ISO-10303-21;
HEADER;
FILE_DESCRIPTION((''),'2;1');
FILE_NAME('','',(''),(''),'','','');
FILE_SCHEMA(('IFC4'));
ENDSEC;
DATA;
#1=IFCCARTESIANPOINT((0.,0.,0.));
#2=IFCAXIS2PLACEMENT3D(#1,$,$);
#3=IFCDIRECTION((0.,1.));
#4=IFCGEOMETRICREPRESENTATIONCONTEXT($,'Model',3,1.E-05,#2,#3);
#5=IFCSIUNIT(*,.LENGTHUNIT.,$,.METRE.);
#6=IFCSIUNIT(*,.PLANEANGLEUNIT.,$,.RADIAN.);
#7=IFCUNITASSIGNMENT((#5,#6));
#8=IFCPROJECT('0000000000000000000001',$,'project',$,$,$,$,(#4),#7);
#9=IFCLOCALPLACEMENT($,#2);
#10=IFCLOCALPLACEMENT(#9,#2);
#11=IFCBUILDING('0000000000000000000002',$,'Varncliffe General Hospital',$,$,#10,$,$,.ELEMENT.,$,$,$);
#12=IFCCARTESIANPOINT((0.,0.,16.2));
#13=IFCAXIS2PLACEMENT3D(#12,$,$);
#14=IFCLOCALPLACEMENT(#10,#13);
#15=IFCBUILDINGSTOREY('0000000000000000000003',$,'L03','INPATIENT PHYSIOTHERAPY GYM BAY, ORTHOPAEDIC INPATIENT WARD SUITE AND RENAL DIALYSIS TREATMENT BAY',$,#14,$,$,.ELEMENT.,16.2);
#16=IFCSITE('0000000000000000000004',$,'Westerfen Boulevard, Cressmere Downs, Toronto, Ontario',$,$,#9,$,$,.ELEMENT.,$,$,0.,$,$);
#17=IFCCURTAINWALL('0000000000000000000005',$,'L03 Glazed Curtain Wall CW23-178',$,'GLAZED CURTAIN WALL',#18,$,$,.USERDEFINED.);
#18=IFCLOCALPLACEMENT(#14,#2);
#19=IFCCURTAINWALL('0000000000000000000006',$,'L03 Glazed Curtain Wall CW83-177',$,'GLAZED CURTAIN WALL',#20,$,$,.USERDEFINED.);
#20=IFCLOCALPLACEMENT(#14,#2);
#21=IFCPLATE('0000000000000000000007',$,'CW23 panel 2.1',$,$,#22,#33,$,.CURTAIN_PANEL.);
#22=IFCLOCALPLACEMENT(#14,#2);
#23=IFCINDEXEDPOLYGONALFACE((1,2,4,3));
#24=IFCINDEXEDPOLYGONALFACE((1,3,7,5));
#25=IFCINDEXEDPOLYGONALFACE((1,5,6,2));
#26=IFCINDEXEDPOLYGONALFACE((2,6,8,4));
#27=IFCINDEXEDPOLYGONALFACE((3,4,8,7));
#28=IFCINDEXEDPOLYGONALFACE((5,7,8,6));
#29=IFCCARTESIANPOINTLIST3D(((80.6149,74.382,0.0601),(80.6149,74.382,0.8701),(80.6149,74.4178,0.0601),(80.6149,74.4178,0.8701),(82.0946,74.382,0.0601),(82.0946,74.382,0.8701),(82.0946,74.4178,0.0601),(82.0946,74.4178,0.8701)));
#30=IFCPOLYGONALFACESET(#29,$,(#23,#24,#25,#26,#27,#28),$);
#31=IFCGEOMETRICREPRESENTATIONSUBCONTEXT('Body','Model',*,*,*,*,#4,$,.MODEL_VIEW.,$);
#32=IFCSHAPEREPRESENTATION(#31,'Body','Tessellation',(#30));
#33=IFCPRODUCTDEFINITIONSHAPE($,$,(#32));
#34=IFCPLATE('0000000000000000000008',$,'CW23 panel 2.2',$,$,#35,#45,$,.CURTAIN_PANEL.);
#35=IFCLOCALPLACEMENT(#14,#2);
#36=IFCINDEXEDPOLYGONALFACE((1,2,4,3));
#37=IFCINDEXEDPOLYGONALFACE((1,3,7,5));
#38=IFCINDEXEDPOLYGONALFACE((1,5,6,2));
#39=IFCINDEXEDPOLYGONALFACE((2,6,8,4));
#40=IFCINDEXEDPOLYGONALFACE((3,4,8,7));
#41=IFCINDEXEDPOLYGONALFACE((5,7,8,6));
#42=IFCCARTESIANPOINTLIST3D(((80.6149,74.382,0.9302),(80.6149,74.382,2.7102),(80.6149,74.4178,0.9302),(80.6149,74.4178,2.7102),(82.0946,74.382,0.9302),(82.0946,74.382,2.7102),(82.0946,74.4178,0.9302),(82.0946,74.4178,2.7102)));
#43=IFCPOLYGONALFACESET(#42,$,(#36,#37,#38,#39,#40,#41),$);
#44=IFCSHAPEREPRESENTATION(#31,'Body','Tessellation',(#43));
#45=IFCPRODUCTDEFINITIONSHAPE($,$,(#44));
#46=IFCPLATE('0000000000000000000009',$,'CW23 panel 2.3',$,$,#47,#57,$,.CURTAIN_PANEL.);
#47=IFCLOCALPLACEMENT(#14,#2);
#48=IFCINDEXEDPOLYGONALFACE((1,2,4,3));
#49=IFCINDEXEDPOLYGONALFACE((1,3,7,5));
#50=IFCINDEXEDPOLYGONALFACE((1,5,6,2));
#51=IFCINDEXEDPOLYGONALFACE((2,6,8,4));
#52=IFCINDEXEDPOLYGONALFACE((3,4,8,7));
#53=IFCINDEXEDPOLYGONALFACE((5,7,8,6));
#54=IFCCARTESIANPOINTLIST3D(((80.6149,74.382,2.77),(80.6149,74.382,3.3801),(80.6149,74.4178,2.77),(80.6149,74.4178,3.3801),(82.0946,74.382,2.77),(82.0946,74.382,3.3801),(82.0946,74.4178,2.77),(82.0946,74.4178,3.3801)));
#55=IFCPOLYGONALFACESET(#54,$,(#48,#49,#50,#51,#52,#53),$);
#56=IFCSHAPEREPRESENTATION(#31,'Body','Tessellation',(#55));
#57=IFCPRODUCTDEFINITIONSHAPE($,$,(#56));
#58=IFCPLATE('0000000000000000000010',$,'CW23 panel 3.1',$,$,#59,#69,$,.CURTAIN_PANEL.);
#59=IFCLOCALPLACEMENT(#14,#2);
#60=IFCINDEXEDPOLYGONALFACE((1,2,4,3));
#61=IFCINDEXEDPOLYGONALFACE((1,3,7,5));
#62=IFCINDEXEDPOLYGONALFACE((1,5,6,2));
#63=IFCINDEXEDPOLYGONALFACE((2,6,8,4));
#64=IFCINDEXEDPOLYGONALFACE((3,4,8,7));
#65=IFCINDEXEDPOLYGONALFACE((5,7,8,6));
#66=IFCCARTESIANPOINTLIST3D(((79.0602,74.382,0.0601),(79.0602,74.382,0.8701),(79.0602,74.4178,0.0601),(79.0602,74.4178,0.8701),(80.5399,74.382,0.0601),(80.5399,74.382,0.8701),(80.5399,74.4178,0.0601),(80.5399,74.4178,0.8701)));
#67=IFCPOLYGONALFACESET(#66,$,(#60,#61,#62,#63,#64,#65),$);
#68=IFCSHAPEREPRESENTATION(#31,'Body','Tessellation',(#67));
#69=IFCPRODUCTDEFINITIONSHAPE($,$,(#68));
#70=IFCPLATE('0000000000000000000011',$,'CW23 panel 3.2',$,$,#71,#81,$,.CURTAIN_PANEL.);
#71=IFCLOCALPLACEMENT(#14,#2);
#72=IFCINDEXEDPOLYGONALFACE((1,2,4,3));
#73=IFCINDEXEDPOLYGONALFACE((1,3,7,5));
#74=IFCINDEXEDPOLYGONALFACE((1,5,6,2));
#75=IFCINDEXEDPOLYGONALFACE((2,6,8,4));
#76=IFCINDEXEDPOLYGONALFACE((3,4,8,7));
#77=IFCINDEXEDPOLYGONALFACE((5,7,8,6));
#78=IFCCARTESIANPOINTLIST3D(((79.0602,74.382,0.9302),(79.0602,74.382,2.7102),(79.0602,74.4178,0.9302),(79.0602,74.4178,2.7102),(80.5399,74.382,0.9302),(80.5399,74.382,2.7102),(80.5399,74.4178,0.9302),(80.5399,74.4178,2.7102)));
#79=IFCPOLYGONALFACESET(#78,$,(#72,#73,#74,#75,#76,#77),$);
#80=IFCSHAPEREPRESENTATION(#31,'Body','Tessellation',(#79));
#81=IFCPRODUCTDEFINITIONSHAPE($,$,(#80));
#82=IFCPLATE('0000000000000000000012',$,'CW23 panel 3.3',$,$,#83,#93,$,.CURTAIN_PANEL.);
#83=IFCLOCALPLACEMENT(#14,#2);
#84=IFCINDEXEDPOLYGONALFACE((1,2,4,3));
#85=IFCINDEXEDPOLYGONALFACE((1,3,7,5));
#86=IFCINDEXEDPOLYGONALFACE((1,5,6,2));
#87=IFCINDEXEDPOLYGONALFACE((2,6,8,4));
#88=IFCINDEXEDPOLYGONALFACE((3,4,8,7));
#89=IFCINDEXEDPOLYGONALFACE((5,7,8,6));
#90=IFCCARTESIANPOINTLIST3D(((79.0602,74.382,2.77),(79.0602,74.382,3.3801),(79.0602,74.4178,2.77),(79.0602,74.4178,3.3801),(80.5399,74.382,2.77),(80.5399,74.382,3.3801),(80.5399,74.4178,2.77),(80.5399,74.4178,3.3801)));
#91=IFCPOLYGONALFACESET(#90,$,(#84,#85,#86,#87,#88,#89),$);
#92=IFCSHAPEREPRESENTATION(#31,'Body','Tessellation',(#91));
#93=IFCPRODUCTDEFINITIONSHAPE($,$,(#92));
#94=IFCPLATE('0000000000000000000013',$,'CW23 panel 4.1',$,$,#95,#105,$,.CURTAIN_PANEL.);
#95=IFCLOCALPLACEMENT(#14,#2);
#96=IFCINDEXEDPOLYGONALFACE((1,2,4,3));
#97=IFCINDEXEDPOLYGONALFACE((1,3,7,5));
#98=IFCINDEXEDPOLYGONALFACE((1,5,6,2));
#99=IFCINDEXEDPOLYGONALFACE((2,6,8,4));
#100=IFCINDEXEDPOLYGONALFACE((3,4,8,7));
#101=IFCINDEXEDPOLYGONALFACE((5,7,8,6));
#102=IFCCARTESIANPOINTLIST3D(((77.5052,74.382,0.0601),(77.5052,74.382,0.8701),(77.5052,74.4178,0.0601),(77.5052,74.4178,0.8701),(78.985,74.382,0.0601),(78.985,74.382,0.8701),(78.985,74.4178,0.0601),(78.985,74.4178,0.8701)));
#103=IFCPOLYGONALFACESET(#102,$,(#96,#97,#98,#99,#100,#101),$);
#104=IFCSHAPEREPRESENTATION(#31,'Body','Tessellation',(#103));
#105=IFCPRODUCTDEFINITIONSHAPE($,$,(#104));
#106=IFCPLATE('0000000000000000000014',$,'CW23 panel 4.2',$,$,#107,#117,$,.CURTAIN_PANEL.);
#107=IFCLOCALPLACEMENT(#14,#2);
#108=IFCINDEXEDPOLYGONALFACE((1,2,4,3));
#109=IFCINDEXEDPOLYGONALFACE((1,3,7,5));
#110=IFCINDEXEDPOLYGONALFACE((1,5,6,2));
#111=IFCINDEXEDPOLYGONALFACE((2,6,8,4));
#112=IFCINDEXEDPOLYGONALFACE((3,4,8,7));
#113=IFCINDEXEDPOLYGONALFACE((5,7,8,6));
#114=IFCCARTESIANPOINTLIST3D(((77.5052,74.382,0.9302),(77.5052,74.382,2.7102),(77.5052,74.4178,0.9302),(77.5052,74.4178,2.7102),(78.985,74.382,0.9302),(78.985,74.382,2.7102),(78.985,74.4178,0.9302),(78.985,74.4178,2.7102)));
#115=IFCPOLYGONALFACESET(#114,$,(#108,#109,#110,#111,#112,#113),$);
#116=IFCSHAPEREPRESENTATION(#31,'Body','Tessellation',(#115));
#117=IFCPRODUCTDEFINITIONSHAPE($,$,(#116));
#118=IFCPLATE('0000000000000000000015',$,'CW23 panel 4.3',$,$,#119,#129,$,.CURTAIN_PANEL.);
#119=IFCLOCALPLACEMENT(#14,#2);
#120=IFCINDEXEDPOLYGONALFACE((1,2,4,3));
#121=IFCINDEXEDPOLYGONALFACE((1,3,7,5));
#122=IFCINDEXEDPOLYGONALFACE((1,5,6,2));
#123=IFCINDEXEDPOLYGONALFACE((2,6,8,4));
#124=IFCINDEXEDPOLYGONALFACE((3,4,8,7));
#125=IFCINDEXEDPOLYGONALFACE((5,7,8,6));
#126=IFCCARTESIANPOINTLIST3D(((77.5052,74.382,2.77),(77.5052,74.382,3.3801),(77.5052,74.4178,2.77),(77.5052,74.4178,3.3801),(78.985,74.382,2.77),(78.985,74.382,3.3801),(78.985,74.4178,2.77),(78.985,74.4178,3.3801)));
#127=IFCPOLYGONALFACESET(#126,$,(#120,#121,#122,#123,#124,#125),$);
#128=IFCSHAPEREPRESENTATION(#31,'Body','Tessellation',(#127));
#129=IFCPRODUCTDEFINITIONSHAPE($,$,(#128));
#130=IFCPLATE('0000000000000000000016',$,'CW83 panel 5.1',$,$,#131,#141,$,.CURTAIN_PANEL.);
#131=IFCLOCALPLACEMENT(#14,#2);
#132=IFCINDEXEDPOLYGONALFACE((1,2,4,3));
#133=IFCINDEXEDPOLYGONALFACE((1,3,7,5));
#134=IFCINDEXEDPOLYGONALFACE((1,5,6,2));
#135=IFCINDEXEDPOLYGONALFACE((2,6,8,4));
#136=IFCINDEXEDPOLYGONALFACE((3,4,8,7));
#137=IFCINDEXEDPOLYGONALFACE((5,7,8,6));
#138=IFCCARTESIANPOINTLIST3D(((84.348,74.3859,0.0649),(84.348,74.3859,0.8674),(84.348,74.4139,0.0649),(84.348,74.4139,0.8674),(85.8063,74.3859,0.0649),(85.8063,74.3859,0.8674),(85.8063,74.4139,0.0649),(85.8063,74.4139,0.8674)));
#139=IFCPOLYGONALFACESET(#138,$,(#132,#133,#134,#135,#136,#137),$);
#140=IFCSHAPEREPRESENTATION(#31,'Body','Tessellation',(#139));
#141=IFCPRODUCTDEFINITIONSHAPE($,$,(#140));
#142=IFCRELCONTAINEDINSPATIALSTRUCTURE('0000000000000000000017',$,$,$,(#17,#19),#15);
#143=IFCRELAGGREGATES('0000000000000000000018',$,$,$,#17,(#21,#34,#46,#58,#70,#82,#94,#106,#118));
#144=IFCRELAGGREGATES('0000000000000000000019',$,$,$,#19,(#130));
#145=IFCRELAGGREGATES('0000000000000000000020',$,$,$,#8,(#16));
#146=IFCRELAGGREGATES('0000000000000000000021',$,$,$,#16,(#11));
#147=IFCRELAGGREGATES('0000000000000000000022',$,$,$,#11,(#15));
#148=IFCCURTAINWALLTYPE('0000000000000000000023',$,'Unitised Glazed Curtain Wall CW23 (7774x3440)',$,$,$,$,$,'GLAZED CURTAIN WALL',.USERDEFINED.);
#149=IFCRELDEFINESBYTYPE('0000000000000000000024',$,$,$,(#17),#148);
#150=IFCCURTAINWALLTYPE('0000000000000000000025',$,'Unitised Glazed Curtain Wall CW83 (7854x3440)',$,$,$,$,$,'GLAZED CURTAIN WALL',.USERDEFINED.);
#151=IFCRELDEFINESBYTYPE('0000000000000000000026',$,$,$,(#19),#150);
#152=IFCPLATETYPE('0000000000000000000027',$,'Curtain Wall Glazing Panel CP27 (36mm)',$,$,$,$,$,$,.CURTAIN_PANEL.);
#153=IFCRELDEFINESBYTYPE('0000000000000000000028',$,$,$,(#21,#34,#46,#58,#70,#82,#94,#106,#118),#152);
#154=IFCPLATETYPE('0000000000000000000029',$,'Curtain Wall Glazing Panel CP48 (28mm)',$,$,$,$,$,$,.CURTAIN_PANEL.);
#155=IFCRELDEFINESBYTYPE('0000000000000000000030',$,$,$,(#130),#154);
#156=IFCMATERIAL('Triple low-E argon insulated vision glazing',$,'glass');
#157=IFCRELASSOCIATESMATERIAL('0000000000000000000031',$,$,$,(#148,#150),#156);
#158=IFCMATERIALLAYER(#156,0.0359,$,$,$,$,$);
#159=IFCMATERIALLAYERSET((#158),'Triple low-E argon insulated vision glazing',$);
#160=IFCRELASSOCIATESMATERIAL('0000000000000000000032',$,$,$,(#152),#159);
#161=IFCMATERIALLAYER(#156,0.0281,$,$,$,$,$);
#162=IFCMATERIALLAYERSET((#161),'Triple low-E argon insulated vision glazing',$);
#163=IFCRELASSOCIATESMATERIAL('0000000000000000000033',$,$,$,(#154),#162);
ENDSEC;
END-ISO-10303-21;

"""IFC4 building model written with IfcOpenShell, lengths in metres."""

from ifc_helpers import new_model, si_unit, direction, frame, origin, origin_2d, place, context, subcontext, project, spatial, rectangle, extrude, material, layer, layer_set, type_object, element, aggregate, save


model = new_model("IFC4")

# Units and contexts
model_context = context("Model", 3, precision=1e-05, world=origin(), true_north=direction((0.0, 1.0)))
body_context = subcontext(model_context, "Body", "Model", "MODEL_VIEW")
ifc_project = project(units=[si_unit("LENGTHUNIT", "METRE"), si_unit("PLANEANGLEUNIT", "RADIAN")], contexts=[model_context])

# Site, building, storey
site_placement = place(None, origin())
site = spatial("IfcSite", under=ifc_project, at=site_placement, Name="Westerfen Boulevard, Cressmere Downs, Toronto, Ontario", CompositionType="ELEMENT", RefElevation=0.0)
building_placement = place(site_placement, origin())
building = spatial("IfcBuilding", under=site, at=building_placement, Name="Varncliffe General Hospital", CompositionType="ELEMENT")
storey_placement = place(building_placement, frame((0.0, 0.0, 16.2)))
storey = spatial("IfcBuildingStorey", under=building, at=storey_placement, Name="L03", Description="INPATIENT PHYSIOTHERAPY GYM BAY, ORTHOPAEDIC INPATIENT WARD SUITE AND RENAL DIALYSIS TREATMENT BAY", CompositionType="ELEMENT", Elevation=16.2)

# Curtain wall
ifc_material_1 = material(Name="Triple low-E argon insulated vision glazing", Category="glass")
curtain_wall_type_1 = type_object("IfcCurtainWallType", Name="Unitised Glazed Curtain Wall CW23 (7774x3440)", ElementType="GLAZED CURTAIN WALL", PredefinedType="USERDEFINED", material=ifc_material_1)
curtain_wall_1_placement = place(storey_placement, origin())
curtain_wall_1 = element("IfcCurtainWall", 1, at=curtain_wall_1_placement, inside=storey, type_object=curtain_wall_type_1, Name="L03 Glazed Curtain Wall CW23-178", ObjectType="GLAZED CURTAIN WALL", PredefinedType="USERDEFINED")

# Curtain wall
curtain_wall_type_2 = type_object("IfcCurtainWallType", Name="Unitised Glazed Curtain Wall CW83 (7854x3440)", ElementType="GLAZED CURTAIN WALL", PredefinedType="USERDEFINED", material=ifc_material_1)
curtain_wall_2_placement = place(storey_placement, origin())
curtain_wall_2 = element("IfcCurtainWall", 2, at=curtain_wall_2_placement, inside=storey, type_object=curtain_wall_type_2, Name="L03 Glazed Curtain Wall CW83-177", ObjectType="GLAZED CURTAIN WALL", PredefinedType="USERDEFINED")

# Plates
ifc_layer_1 = layer(ifc_material_1, 0.0359)
ifc_layer_set_1 = layer_set([ifc_layer_1], Name="Triple low-E argon insulated vision glazing")
plate_type_1 = type_object("IfcPlateType", Name="Curtain Wall Glazing Panel CP27 (36mm)", PredefinedType="CURTAIN_PANEL", material=ifc_layer_set_1)
plate_1_placement = place(storey_placement, frame((81.3547, 74.3999, 0.0601), z_axis=(0.0, 0.0, 1.0), x_axis=(-1.0, 0.0, 0.0)))
plate_1 = element("IfcPlate", 3, at=plate_1_placement, type_object=plate_type_1, Name="CW23 panel 2.1", PredefinedType="CURTAIN_PANEL", context=body_context, shape_type="SweptSolid", body=[
    extrude(rectangle(XDim=1.4797, YDim=0.0359, at=origin_2d()), origin(), (0.0, 0.0, 1.0), 0.8101),
])
plate_2_placement = place(storey_placement, frame((81.3547, 74.3999, 0.9302), z_axis=(0.0, 0.0, 1.0), x_axis=(-1.0, 0.0, 0.0)))
plate_2 = element("IfcPlate", 4, at=plate_2_placement, type_object=plate_type_1, Name="CW23 panel 2.2", PredefinedType="CURTAIN_PANEL", context=body_context, shape_type="SweptSolid", body=[
    extrude(rectangle(XDim=1.4797, YDim=0.0359, at=origin_2d()), origin(), (0.0, 0.0, 1.0), 1.78),
])
plate_3_placement = place(storey_placement, frame((81.3547, 74.3999, 2.77), z_axis=(0.0, 0.0, 1.0), x_axis=(-1.0, 0.0, 0.0)))
plate_3 = element("IfcPlate", 5, at=plate_3_placement, type_object=plate_type_1, Name="CW23 panel 2.3", PredefinedType="CURTAIN_PANEL", context=body_context, shape_type="SweptSolid", body=[
    extrude(rectangle(XDim=1.4797, YDim=0.0359, at=origin_2d()), origin(), (0.0, 0.0, 1.0), 0.6101),
])
plate_4_placement = place(storey_placement, frame((79.8, 74.3999, 0.0601), z_axis=(0.0, 0.0, 1.0), x_axis=(-1.0, 0.0, 0.0)))
plate_4 = element("IfcPlate", 6, at=plate_4_placement, type_object=plate_type_1, Name="CW23 panel 3.1", PredefinedType="CURTAIN_PANEL", context=body_context, shape_type="SweptSolid", body=[
    extrude(rectangle(XDim=1.4797, YDim=0.0359, at=origin_2d()), origin(), (0.0, 0.0, 1.0), 0.8101),
])
plate_5_placement = place(storey_placement, frame((79.8, 74.3999, 0.9302), z_axis=(0.0, 0.0, 1.0), x_axis=(-1.0, 0.0, 0.0)))
plate_5 = element("IfcPlate", 7, at=plate_5_placement, type_object=plate_type_1, Name="CW23 panel 3.2", PredefinedType="CURTAIN_PANEL", context=body_context, shape_type="SweptSolid", body=[
    extrude(rectangle(XDim=1.4797, YDim=0.0359, at=origin_2d()), origin(), (0.0, 0.0, 1.0), 1.78),
])
plate_6_placement = place(storey_placement, frame((79.8, 74.3999, 2.77), z_axis=(0.0, 0.0, 1.0), x_axis=(-1.0, 0.0, 0.0)))
plate_6 = element("IfcPlate", 8, at=plate_6_placement, type_object=plate_type_1, Name="CW23 panel 3.3", PredefinedType="CURTAIN_PANEL", context=body_context, shape_type="SweptSolid", body=[
    extrude(rectangle(XDim=1.4797, YDim=0.0359, at=origin_2d()), origin(), (0.0, 0.0, 1.0), 0.6101),
])
plate_7_placement = place(storey_placement, frame((78.2451, 74.3999, 0.0601), z_axis=(0.0, 0.0, 1.0), x_axis=(-1.0, 0.0, 0.0)))
plate_7 = element("IfcPlate", 9, at=plate_7_placement, type_object=plate_type_1, Name="CW23 panel 4.1", PredefinedType="CURTAIN_PANEL", context=body_context, shape_type="SweptSolid", body=[
    extrude(rectangle(XDim=1.4797, YDim=0.0359, at=origin_2d()), origin(), (0.0, 0.0, 1.0), 0.8101),
])
plate_8_placement = place(storey_placement, frame((78.2451, 74.3999, 0.9302), z_axis=(0.0, 0.0, 1.0), x_axis=(-1.0, 0.0, 0.0)))
plate_8 = element("IfcPlate", 10, at=plate_8_placement, type_object=plate_type_1, Name="CW23 panel 4.2", PredefinedType="CURTAIN_PANEL", context=body_context, shape_type="SweptSolid", body=[
    extrude(rectangle(XDim=1.4797, YDim=0.0359, at=origin_2d()), origin(), (0.0, 0.0, 1.0), 1.78),
])
plate_9_placement = place(storey_placement, frame((78.2451, 74.3999, 2.77), z_axis=(0.0, 0.0, 1.0), x_axis=(-1.0, 0.0, 0.0)))
plate_9 = element("IfcPlate", 11, at=plate_9_placement, type_object=plate_type_1, Name="CW23 panel 4.3", PredefinedType="CURTAIN_PANEL", context=body_context, shape_type="SweptSolid", body=[
    extrude(rectangle(XDim=1.4797, YDim=0.0359, at=origin_2d()), origin(), (0.0, 0.0, 1.0), 0.6101),
])
aggregate(curtain_wall_1, [plate_1, plate_2, plate_3, plate_4, plate_5, plate_6, plate_7, plate_8, plate_9])
ifc_layer_2 = layer(ifc_material_1, 0.0281)
ifc_layer_set_2 = layer_set([ifc_layer_2], Name="Triple low-E argon insulated vision glazing")
plate_type_2 = type_object("IfcPlateType", Name="Curtain Wall Glazing Panel CP48 (28mm)", PredefinedType="CURTAIN_PANEL", material=ifc_layer_set_2)
plate_10_placement = place(storey_placement, frame((85.0771, 74.3999, 0.0649), z_axis=(0.0, 0.0, 1.0), x_axis=(-1.0, 0.0, 0.0)))
plate_10 = element("IfcPlate", 12, at=plate_10_placement, type_object=plate_type_2, Name="CW83 panel 5.1", PredefinedType="CURTAIN_PANEL", context=body_context, shape_type="SweptSolid", body=[
    extrude(rectangle(XDim=1.4583, YDim=0.0281, at=origin_2d()), origin(), (0.0, 0.0, 1.0), 0.8025),
])
aggregate(curtain_wall_2, [plate_10])

save(model, "model.ifc")
